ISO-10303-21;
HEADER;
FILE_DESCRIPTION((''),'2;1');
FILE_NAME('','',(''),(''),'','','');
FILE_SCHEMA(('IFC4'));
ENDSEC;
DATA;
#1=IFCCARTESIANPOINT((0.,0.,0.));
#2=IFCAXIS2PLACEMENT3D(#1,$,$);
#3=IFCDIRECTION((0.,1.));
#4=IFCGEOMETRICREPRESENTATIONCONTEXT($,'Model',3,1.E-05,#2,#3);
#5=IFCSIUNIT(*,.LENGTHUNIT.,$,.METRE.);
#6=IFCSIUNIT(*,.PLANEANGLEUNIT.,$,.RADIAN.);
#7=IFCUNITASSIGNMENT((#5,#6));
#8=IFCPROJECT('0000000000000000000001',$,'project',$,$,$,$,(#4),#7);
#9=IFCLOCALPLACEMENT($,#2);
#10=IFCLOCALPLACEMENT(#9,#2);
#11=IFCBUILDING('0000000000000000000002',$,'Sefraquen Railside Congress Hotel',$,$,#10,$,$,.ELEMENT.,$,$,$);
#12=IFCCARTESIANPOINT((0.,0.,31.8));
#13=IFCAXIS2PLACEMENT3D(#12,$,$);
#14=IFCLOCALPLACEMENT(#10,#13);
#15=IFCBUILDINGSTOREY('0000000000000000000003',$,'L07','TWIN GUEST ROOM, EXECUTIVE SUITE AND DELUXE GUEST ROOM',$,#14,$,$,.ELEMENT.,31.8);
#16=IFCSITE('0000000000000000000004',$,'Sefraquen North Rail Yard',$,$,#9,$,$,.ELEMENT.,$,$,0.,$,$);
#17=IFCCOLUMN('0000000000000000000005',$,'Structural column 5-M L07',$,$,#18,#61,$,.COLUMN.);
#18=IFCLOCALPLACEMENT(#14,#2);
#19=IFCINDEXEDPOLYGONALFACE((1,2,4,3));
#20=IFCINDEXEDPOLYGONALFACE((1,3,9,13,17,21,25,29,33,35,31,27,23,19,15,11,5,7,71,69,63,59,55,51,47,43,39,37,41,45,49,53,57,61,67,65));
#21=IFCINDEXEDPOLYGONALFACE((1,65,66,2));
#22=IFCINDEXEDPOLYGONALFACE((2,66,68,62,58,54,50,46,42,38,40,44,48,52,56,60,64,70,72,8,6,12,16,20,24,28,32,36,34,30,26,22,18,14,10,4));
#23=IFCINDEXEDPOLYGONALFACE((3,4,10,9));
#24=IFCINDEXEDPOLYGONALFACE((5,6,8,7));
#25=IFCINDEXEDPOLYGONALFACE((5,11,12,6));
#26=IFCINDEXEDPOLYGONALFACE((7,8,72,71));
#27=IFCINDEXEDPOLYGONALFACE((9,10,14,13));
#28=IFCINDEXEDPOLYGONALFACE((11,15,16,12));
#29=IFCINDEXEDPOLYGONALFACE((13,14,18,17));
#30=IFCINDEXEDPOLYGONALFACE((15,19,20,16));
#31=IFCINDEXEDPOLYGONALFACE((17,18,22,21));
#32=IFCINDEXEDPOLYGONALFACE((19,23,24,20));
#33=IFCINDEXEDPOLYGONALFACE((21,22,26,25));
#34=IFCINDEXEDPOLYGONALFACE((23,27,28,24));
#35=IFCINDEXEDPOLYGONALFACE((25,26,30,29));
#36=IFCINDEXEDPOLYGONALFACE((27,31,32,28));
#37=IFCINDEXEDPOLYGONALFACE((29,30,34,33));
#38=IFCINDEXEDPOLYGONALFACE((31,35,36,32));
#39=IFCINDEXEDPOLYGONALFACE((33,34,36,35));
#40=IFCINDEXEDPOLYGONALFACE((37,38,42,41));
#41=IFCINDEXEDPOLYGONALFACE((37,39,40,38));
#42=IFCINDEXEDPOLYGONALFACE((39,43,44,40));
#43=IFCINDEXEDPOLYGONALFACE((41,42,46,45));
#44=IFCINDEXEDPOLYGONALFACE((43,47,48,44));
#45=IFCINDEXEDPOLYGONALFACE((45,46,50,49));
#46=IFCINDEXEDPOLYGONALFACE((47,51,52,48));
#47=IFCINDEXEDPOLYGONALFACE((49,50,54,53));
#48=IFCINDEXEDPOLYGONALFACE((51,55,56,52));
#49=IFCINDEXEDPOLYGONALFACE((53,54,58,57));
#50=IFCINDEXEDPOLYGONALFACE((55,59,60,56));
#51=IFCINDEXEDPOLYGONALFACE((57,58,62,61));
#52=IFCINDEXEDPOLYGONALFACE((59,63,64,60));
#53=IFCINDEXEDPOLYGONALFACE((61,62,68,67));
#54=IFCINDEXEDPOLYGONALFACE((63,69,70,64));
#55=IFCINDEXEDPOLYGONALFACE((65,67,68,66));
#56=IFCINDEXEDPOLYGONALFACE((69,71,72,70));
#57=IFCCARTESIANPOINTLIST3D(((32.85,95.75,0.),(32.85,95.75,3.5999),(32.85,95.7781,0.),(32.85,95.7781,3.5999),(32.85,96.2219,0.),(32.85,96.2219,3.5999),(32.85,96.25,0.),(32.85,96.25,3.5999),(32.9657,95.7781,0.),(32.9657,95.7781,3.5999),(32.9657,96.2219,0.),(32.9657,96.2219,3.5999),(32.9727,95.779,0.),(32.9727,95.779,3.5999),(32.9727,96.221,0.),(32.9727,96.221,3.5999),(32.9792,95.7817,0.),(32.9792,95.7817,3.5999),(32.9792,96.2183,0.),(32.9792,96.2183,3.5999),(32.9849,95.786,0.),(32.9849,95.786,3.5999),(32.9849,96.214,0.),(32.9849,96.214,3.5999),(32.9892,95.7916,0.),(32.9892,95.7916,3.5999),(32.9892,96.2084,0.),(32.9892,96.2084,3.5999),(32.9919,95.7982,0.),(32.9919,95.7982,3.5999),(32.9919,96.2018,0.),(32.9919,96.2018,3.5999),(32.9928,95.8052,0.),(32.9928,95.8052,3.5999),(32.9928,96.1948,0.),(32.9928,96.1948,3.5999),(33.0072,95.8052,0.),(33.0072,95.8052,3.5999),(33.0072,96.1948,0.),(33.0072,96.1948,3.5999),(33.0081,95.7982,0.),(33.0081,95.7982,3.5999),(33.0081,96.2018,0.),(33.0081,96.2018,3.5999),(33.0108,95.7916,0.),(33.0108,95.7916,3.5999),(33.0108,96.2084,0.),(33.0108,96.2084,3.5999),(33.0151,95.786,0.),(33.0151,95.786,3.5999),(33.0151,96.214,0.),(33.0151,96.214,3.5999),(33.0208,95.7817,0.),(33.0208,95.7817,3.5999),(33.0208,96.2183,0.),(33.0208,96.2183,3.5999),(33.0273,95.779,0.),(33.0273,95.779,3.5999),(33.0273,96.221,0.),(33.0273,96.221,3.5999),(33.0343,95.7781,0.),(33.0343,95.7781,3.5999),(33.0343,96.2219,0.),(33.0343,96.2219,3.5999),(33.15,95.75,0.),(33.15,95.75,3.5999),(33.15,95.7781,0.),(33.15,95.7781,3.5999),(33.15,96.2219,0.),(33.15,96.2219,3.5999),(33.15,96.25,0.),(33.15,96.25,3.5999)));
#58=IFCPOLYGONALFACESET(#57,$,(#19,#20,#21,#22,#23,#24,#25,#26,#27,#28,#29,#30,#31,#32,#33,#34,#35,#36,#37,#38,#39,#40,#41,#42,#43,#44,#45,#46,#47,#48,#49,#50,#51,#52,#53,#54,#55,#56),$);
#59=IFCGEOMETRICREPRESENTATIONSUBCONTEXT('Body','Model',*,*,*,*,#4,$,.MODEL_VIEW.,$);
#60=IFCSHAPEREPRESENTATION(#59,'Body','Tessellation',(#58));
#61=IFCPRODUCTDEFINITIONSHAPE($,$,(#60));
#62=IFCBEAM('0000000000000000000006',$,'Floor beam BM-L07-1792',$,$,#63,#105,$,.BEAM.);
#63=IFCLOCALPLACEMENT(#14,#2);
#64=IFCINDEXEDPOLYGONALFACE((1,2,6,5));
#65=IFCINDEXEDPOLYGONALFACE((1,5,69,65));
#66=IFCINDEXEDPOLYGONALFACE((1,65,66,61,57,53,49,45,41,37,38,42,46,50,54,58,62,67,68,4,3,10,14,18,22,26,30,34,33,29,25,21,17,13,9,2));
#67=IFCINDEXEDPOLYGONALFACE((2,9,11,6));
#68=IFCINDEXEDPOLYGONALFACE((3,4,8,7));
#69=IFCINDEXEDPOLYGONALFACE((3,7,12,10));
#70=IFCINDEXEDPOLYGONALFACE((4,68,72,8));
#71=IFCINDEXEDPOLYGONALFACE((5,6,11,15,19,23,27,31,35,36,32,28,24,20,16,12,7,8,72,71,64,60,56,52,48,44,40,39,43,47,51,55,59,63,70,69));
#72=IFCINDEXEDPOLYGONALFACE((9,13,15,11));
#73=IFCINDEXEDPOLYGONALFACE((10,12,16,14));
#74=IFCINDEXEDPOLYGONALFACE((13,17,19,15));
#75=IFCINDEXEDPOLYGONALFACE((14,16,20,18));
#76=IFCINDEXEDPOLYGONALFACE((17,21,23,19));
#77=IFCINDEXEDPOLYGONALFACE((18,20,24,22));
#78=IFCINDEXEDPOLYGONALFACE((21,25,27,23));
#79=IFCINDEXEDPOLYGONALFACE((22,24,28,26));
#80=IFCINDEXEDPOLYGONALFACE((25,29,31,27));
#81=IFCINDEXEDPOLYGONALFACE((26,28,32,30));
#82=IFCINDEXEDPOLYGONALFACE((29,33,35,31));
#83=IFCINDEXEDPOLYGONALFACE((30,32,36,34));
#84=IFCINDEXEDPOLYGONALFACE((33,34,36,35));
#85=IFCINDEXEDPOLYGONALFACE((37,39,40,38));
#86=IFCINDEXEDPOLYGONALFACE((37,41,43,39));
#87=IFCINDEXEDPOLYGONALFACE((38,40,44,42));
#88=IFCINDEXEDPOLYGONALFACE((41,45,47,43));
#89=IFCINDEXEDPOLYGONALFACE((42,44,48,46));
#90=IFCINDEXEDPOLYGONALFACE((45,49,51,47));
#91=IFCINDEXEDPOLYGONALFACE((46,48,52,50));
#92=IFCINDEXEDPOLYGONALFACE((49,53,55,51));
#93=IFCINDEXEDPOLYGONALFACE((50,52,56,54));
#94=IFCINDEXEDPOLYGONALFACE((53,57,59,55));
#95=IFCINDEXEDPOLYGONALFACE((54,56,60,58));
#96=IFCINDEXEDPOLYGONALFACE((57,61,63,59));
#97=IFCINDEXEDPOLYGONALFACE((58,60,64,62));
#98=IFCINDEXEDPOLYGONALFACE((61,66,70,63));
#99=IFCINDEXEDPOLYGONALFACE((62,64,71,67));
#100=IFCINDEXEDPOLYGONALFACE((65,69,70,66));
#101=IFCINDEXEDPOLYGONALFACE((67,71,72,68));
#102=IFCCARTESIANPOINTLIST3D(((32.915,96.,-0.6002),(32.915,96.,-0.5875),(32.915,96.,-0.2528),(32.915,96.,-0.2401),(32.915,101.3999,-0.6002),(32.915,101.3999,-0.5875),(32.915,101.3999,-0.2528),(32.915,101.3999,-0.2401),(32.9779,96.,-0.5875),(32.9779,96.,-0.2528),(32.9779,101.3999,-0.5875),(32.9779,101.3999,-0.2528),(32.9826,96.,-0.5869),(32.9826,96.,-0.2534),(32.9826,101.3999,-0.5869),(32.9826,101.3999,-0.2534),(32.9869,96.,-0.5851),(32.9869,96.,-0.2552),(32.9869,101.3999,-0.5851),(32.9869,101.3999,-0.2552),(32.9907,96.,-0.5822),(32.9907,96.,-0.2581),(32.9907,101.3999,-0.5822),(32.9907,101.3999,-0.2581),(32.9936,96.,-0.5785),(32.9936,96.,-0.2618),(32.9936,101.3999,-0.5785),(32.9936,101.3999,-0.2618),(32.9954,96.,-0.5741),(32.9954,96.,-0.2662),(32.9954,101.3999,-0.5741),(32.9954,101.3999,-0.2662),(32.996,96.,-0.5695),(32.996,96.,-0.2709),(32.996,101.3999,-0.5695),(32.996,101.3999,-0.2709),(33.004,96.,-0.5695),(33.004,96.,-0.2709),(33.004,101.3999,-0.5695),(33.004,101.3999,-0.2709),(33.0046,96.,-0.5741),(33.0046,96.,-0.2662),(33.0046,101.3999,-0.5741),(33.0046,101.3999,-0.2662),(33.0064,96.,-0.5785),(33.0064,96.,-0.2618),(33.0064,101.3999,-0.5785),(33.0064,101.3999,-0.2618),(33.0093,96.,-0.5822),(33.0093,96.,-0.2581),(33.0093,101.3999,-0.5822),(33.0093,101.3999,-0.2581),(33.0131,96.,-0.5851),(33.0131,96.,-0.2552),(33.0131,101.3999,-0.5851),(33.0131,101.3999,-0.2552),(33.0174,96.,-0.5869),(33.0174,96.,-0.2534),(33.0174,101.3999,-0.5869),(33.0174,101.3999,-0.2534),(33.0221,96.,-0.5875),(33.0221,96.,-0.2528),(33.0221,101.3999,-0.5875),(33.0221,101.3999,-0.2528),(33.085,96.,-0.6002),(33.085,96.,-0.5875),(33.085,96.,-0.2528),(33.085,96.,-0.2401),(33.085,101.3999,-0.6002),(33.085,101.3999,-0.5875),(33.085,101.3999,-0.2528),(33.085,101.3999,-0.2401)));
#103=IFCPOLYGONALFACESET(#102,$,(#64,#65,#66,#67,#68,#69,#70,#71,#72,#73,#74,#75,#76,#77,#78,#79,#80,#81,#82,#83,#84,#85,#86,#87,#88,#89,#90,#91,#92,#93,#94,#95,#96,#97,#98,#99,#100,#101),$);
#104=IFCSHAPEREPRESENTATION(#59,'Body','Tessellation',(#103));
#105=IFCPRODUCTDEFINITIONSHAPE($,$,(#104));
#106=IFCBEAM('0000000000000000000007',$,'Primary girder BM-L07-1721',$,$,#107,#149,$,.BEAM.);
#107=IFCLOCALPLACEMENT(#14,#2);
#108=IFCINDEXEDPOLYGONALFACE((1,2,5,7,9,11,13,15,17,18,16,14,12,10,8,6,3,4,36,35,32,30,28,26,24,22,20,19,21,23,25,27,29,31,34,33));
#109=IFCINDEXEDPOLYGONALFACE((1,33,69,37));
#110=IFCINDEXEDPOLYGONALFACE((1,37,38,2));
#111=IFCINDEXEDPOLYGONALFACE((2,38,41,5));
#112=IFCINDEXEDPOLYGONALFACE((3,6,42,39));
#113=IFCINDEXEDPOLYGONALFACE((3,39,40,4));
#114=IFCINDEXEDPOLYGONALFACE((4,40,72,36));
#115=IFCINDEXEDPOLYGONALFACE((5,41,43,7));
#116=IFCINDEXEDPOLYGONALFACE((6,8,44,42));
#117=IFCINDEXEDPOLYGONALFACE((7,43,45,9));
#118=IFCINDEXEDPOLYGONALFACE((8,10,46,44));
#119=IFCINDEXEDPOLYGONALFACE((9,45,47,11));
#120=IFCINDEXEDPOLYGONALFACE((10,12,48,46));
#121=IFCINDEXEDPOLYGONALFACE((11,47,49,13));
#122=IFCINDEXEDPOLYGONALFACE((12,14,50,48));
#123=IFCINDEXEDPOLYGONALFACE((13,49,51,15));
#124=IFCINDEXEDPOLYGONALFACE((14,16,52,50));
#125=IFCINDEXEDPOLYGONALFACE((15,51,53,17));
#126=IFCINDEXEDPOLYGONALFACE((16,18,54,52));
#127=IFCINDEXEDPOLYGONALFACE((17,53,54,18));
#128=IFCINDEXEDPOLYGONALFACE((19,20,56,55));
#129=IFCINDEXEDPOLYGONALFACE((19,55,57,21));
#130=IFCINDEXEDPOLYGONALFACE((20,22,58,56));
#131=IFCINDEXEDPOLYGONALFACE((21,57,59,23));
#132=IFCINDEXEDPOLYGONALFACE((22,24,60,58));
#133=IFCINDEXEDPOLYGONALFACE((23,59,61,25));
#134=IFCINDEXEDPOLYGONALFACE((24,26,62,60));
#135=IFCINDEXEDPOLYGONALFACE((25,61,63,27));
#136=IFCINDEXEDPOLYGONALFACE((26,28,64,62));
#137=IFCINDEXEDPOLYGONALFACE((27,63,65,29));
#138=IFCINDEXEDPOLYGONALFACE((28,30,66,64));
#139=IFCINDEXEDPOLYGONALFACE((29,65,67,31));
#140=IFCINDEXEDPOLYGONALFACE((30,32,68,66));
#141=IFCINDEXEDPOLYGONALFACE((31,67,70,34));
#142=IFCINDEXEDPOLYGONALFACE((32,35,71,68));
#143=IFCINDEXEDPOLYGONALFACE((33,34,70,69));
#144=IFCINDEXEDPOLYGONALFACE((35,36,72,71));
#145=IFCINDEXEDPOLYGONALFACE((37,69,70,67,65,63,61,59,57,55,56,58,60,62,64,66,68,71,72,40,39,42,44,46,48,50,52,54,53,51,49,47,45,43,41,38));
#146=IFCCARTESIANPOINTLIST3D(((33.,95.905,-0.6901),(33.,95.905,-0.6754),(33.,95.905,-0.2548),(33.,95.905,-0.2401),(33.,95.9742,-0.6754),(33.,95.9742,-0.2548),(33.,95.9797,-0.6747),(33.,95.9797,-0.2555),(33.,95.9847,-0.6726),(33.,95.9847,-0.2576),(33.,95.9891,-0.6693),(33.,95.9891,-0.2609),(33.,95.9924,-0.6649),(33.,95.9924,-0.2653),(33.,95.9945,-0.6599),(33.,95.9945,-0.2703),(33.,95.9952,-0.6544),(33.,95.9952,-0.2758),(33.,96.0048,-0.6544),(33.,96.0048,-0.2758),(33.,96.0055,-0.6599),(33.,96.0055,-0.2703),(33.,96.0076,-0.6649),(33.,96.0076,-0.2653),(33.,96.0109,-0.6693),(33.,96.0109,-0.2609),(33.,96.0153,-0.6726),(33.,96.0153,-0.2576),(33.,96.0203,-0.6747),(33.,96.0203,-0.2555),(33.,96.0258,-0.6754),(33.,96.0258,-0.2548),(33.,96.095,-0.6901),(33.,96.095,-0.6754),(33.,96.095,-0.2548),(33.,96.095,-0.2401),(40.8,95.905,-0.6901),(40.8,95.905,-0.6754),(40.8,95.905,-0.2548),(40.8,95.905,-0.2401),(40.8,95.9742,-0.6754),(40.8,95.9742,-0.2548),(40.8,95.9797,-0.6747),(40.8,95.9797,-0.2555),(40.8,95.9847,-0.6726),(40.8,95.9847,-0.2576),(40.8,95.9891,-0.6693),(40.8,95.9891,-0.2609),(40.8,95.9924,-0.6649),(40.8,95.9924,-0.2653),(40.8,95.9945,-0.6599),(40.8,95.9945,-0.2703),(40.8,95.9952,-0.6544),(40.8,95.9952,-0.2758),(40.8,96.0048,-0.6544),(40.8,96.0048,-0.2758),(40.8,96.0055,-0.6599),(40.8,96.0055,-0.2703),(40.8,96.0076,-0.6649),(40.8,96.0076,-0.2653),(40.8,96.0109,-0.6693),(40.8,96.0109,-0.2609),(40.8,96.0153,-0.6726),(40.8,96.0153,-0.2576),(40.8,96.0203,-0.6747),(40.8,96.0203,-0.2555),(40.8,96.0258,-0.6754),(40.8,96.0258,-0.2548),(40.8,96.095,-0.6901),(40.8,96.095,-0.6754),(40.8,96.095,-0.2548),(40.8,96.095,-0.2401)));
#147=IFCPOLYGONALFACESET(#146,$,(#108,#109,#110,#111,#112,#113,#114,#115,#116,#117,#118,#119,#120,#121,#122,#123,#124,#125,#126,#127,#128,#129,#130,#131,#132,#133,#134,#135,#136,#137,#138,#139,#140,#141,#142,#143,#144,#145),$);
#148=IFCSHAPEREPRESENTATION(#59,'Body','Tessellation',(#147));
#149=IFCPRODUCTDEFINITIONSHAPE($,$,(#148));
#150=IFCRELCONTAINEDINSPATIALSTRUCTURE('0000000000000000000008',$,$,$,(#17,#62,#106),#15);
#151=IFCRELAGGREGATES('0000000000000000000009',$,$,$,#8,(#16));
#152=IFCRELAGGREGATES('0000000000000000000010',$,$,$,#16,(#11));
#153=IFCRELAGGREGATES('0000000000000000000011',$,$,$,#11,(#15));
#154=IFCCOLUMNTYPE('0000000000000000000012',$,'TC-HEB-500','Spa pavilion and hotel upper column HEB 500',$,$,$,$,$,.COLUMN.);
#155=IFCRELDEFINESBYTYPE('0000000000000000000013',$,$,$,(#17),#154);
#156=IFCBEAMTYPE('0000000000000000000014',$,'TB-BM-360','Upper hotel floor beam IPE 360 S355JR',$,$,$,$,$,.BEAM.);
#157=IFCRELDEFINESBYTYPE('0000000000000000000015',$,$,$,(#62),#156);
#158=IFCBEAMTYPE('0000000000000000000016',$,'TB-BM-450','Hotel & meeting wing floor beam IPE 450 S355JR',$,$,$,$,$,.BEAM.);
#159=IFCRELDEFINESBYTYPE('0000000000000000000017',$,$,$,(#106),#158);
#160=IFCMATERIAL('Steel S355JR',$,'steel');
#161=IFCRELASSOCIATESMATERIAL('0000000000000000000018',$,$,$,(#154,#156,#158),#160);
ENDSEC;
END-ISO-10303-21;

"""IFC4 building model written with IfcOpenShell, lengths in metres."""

from ifc_helpers import new_model, si_unit, direction, frame, origin, origin_2d, place, context, subcontext, project, spatial, i_section, extrude, material, material_profile, profile_set, type_object, element, save


model = new_model("IFC4")

# Units and contexts
model_context = context("Model", 3, precision=1e-05, world=origin(), true_north=direction((0.0, 1.0)))
body_context = subcontext(model_context, "Body", "Model", "MODEL_VIEW")
ifc_project = project(units=[si_unit("LENGTHUNIT", "METRE"), si_unit("PLANEANGLEUNIT", "RADIAN")], contexts=[model_context])

# Site, building, storey
site_placement = place(None, origin())
site = spatial("IfcSite", under=ifc_project, at=site_placement, Name="Sefraquen North Rail Yard", CompositionType="ELEMENT", RefElevation=0.0)
building_placement = place(site_placement, origin())
building = spatial("IfcBuilding", under=site, at=building_placement, Name="Sefraquen Railside Congress Hotel", CompositionType="ELEMENT")
storey_placement = place(building_placement, frame((0.0, 0.0, 31.8)))
storey = spatial("IfcBuildingStorey", under=building, at=storey_placement, Name="L07", Description="TWIN GUEST ROOM, EXECUTIVE SUITE AND DELUXE GUEST ROOM", CompositionType="ELEMENT", Elevation=31.8)

# Column
ifc_material_1 = material(Name="Steel S355JR", Category="steel")
ifc_material_profile_1 = material_profile(ifc_material_1, i_section(OverallWidth=0.3, OverallDepth=0.5, WebThickness=0.0144, FlangeThickness=0.0281, FilletRadius=0.0271, at=origin_2d()), Name="HEB 500")
ifc_profile_set_1 = profile_set([ifc_material_profile_1], Name="Steel S355JR")
column_type = type_object("IfcColumnType", Name="TC-HEB-500", Description="Spa pavilion and hotel upper column HEB 500", PredefinedType="COLUMN", material=ifc_profile_set_1)
column_placement = place(storey_placement, frame((33.0, 96.0, 0.0), z_axis=(0.0, 0.0, 1.0), x_axis=(1.0, 0.0, 0.0)))
element("IfcColumn", 1, at=column_placement, inside=storey, type_object=column_type, Name="Structural column 5-M L07", PredefinedType="COLUMN", context=body_context, shape_type="SweptSolid", body=[
    extrude(i_section(OverallWidth=0.3, OverallDepth=0.5, WebThickness=0.0144, FlangeThickness=0.0281, FilletRadius=0.0271, at=origin_2d()), origin(), (0.0, 0.0, 1.0), 3.5999),
])

# Beams
ifc_material_profile_2 = material_profile(ifc_material_1, i_section(OverallWidth=0.1699, OverallDepth=0.3601, WebThickness=0.0081, FlangeThickness=0.0127, FilletRadius=0.0181, at=origin_2d()), Name="IPE 360")
ifc_profile_set_2 = profile_set([ifc_material_profile_2], Name="Steel S355JR")
beam_type_1 = type_object("IfcBeamType", Name="TB-BM-360", Description="Upper hotel floor beam IPE 360 S355JR", PredefinedType="BEAM", material=ifc_profile_set_2)
beam_1_placement = place(storey_placement, frame((33.0, 96.0, -0.4202), z_axis=(0.0, 1.0, 0.0), x_axis=(-1.0, 0.0, 0.0)))
element("IfcBeam", 2, at=beam_1_placement, inside=storey, type_object=beam_type_1, Name="Floor beam BM-L07-1792", PredefinedType="BEAM", context=body_context, shape_type="SweptSolid", body=[
    extrude(i_section(OverallWidth=0.1699, OverallDepth=0.3601, WebThickness=0.0081, FlangeThickness=0.0127, FilletRadius=0.0181, at=origin_2d()), origin(), (0.0, 0.0, 1.0), 5.3999),
])
ifc_material_profile_3 = material_profile(ifc_material_1, i_section(OverallWidth=0.1899, OverallDepth=0.45, WebThickness=0.0095, FlangeThickness=0.0146, FilletRadius=0.021, at=origin_2d()), Name="IPE 450")
ifc_profile_set_3 = profile_set([ifc_material_profile_3], Name="Steel S355JR")
beam_type_2 = type_object("IfcBeamType", Name="TB-BM-450", Description="Hotel & meeting wing floor beam IPE 450 S355JR", PredefinedType="BEAM", material=ifc_profile_set_3)
beam_2_placement = place(storey_placement, frame((33.0, 96.0, -0.4651), z_axis=(1.0, 0.0, 0.0), x_axis=(0.0, 1.0, 0.0)))
element("IfcBeam", 3, at=beam_2_placement, inside=storey, type_object=beam_type_2, Name="Primary girder BM-L07-1721", PredefinedType="BEAM", context=body_context, shape_type="SweptSolid", body=[
    extrude(i_section(OverallWidth=0.1899, OverallDepth=0.45, WebThickness=0.0095, FlangeThickness=0.0146, FilletRadius=0.021, at=origin_2d()), origin(), (0.0, 0.0, 1.0), 7.8),
])

save(model, "model.ifc")
